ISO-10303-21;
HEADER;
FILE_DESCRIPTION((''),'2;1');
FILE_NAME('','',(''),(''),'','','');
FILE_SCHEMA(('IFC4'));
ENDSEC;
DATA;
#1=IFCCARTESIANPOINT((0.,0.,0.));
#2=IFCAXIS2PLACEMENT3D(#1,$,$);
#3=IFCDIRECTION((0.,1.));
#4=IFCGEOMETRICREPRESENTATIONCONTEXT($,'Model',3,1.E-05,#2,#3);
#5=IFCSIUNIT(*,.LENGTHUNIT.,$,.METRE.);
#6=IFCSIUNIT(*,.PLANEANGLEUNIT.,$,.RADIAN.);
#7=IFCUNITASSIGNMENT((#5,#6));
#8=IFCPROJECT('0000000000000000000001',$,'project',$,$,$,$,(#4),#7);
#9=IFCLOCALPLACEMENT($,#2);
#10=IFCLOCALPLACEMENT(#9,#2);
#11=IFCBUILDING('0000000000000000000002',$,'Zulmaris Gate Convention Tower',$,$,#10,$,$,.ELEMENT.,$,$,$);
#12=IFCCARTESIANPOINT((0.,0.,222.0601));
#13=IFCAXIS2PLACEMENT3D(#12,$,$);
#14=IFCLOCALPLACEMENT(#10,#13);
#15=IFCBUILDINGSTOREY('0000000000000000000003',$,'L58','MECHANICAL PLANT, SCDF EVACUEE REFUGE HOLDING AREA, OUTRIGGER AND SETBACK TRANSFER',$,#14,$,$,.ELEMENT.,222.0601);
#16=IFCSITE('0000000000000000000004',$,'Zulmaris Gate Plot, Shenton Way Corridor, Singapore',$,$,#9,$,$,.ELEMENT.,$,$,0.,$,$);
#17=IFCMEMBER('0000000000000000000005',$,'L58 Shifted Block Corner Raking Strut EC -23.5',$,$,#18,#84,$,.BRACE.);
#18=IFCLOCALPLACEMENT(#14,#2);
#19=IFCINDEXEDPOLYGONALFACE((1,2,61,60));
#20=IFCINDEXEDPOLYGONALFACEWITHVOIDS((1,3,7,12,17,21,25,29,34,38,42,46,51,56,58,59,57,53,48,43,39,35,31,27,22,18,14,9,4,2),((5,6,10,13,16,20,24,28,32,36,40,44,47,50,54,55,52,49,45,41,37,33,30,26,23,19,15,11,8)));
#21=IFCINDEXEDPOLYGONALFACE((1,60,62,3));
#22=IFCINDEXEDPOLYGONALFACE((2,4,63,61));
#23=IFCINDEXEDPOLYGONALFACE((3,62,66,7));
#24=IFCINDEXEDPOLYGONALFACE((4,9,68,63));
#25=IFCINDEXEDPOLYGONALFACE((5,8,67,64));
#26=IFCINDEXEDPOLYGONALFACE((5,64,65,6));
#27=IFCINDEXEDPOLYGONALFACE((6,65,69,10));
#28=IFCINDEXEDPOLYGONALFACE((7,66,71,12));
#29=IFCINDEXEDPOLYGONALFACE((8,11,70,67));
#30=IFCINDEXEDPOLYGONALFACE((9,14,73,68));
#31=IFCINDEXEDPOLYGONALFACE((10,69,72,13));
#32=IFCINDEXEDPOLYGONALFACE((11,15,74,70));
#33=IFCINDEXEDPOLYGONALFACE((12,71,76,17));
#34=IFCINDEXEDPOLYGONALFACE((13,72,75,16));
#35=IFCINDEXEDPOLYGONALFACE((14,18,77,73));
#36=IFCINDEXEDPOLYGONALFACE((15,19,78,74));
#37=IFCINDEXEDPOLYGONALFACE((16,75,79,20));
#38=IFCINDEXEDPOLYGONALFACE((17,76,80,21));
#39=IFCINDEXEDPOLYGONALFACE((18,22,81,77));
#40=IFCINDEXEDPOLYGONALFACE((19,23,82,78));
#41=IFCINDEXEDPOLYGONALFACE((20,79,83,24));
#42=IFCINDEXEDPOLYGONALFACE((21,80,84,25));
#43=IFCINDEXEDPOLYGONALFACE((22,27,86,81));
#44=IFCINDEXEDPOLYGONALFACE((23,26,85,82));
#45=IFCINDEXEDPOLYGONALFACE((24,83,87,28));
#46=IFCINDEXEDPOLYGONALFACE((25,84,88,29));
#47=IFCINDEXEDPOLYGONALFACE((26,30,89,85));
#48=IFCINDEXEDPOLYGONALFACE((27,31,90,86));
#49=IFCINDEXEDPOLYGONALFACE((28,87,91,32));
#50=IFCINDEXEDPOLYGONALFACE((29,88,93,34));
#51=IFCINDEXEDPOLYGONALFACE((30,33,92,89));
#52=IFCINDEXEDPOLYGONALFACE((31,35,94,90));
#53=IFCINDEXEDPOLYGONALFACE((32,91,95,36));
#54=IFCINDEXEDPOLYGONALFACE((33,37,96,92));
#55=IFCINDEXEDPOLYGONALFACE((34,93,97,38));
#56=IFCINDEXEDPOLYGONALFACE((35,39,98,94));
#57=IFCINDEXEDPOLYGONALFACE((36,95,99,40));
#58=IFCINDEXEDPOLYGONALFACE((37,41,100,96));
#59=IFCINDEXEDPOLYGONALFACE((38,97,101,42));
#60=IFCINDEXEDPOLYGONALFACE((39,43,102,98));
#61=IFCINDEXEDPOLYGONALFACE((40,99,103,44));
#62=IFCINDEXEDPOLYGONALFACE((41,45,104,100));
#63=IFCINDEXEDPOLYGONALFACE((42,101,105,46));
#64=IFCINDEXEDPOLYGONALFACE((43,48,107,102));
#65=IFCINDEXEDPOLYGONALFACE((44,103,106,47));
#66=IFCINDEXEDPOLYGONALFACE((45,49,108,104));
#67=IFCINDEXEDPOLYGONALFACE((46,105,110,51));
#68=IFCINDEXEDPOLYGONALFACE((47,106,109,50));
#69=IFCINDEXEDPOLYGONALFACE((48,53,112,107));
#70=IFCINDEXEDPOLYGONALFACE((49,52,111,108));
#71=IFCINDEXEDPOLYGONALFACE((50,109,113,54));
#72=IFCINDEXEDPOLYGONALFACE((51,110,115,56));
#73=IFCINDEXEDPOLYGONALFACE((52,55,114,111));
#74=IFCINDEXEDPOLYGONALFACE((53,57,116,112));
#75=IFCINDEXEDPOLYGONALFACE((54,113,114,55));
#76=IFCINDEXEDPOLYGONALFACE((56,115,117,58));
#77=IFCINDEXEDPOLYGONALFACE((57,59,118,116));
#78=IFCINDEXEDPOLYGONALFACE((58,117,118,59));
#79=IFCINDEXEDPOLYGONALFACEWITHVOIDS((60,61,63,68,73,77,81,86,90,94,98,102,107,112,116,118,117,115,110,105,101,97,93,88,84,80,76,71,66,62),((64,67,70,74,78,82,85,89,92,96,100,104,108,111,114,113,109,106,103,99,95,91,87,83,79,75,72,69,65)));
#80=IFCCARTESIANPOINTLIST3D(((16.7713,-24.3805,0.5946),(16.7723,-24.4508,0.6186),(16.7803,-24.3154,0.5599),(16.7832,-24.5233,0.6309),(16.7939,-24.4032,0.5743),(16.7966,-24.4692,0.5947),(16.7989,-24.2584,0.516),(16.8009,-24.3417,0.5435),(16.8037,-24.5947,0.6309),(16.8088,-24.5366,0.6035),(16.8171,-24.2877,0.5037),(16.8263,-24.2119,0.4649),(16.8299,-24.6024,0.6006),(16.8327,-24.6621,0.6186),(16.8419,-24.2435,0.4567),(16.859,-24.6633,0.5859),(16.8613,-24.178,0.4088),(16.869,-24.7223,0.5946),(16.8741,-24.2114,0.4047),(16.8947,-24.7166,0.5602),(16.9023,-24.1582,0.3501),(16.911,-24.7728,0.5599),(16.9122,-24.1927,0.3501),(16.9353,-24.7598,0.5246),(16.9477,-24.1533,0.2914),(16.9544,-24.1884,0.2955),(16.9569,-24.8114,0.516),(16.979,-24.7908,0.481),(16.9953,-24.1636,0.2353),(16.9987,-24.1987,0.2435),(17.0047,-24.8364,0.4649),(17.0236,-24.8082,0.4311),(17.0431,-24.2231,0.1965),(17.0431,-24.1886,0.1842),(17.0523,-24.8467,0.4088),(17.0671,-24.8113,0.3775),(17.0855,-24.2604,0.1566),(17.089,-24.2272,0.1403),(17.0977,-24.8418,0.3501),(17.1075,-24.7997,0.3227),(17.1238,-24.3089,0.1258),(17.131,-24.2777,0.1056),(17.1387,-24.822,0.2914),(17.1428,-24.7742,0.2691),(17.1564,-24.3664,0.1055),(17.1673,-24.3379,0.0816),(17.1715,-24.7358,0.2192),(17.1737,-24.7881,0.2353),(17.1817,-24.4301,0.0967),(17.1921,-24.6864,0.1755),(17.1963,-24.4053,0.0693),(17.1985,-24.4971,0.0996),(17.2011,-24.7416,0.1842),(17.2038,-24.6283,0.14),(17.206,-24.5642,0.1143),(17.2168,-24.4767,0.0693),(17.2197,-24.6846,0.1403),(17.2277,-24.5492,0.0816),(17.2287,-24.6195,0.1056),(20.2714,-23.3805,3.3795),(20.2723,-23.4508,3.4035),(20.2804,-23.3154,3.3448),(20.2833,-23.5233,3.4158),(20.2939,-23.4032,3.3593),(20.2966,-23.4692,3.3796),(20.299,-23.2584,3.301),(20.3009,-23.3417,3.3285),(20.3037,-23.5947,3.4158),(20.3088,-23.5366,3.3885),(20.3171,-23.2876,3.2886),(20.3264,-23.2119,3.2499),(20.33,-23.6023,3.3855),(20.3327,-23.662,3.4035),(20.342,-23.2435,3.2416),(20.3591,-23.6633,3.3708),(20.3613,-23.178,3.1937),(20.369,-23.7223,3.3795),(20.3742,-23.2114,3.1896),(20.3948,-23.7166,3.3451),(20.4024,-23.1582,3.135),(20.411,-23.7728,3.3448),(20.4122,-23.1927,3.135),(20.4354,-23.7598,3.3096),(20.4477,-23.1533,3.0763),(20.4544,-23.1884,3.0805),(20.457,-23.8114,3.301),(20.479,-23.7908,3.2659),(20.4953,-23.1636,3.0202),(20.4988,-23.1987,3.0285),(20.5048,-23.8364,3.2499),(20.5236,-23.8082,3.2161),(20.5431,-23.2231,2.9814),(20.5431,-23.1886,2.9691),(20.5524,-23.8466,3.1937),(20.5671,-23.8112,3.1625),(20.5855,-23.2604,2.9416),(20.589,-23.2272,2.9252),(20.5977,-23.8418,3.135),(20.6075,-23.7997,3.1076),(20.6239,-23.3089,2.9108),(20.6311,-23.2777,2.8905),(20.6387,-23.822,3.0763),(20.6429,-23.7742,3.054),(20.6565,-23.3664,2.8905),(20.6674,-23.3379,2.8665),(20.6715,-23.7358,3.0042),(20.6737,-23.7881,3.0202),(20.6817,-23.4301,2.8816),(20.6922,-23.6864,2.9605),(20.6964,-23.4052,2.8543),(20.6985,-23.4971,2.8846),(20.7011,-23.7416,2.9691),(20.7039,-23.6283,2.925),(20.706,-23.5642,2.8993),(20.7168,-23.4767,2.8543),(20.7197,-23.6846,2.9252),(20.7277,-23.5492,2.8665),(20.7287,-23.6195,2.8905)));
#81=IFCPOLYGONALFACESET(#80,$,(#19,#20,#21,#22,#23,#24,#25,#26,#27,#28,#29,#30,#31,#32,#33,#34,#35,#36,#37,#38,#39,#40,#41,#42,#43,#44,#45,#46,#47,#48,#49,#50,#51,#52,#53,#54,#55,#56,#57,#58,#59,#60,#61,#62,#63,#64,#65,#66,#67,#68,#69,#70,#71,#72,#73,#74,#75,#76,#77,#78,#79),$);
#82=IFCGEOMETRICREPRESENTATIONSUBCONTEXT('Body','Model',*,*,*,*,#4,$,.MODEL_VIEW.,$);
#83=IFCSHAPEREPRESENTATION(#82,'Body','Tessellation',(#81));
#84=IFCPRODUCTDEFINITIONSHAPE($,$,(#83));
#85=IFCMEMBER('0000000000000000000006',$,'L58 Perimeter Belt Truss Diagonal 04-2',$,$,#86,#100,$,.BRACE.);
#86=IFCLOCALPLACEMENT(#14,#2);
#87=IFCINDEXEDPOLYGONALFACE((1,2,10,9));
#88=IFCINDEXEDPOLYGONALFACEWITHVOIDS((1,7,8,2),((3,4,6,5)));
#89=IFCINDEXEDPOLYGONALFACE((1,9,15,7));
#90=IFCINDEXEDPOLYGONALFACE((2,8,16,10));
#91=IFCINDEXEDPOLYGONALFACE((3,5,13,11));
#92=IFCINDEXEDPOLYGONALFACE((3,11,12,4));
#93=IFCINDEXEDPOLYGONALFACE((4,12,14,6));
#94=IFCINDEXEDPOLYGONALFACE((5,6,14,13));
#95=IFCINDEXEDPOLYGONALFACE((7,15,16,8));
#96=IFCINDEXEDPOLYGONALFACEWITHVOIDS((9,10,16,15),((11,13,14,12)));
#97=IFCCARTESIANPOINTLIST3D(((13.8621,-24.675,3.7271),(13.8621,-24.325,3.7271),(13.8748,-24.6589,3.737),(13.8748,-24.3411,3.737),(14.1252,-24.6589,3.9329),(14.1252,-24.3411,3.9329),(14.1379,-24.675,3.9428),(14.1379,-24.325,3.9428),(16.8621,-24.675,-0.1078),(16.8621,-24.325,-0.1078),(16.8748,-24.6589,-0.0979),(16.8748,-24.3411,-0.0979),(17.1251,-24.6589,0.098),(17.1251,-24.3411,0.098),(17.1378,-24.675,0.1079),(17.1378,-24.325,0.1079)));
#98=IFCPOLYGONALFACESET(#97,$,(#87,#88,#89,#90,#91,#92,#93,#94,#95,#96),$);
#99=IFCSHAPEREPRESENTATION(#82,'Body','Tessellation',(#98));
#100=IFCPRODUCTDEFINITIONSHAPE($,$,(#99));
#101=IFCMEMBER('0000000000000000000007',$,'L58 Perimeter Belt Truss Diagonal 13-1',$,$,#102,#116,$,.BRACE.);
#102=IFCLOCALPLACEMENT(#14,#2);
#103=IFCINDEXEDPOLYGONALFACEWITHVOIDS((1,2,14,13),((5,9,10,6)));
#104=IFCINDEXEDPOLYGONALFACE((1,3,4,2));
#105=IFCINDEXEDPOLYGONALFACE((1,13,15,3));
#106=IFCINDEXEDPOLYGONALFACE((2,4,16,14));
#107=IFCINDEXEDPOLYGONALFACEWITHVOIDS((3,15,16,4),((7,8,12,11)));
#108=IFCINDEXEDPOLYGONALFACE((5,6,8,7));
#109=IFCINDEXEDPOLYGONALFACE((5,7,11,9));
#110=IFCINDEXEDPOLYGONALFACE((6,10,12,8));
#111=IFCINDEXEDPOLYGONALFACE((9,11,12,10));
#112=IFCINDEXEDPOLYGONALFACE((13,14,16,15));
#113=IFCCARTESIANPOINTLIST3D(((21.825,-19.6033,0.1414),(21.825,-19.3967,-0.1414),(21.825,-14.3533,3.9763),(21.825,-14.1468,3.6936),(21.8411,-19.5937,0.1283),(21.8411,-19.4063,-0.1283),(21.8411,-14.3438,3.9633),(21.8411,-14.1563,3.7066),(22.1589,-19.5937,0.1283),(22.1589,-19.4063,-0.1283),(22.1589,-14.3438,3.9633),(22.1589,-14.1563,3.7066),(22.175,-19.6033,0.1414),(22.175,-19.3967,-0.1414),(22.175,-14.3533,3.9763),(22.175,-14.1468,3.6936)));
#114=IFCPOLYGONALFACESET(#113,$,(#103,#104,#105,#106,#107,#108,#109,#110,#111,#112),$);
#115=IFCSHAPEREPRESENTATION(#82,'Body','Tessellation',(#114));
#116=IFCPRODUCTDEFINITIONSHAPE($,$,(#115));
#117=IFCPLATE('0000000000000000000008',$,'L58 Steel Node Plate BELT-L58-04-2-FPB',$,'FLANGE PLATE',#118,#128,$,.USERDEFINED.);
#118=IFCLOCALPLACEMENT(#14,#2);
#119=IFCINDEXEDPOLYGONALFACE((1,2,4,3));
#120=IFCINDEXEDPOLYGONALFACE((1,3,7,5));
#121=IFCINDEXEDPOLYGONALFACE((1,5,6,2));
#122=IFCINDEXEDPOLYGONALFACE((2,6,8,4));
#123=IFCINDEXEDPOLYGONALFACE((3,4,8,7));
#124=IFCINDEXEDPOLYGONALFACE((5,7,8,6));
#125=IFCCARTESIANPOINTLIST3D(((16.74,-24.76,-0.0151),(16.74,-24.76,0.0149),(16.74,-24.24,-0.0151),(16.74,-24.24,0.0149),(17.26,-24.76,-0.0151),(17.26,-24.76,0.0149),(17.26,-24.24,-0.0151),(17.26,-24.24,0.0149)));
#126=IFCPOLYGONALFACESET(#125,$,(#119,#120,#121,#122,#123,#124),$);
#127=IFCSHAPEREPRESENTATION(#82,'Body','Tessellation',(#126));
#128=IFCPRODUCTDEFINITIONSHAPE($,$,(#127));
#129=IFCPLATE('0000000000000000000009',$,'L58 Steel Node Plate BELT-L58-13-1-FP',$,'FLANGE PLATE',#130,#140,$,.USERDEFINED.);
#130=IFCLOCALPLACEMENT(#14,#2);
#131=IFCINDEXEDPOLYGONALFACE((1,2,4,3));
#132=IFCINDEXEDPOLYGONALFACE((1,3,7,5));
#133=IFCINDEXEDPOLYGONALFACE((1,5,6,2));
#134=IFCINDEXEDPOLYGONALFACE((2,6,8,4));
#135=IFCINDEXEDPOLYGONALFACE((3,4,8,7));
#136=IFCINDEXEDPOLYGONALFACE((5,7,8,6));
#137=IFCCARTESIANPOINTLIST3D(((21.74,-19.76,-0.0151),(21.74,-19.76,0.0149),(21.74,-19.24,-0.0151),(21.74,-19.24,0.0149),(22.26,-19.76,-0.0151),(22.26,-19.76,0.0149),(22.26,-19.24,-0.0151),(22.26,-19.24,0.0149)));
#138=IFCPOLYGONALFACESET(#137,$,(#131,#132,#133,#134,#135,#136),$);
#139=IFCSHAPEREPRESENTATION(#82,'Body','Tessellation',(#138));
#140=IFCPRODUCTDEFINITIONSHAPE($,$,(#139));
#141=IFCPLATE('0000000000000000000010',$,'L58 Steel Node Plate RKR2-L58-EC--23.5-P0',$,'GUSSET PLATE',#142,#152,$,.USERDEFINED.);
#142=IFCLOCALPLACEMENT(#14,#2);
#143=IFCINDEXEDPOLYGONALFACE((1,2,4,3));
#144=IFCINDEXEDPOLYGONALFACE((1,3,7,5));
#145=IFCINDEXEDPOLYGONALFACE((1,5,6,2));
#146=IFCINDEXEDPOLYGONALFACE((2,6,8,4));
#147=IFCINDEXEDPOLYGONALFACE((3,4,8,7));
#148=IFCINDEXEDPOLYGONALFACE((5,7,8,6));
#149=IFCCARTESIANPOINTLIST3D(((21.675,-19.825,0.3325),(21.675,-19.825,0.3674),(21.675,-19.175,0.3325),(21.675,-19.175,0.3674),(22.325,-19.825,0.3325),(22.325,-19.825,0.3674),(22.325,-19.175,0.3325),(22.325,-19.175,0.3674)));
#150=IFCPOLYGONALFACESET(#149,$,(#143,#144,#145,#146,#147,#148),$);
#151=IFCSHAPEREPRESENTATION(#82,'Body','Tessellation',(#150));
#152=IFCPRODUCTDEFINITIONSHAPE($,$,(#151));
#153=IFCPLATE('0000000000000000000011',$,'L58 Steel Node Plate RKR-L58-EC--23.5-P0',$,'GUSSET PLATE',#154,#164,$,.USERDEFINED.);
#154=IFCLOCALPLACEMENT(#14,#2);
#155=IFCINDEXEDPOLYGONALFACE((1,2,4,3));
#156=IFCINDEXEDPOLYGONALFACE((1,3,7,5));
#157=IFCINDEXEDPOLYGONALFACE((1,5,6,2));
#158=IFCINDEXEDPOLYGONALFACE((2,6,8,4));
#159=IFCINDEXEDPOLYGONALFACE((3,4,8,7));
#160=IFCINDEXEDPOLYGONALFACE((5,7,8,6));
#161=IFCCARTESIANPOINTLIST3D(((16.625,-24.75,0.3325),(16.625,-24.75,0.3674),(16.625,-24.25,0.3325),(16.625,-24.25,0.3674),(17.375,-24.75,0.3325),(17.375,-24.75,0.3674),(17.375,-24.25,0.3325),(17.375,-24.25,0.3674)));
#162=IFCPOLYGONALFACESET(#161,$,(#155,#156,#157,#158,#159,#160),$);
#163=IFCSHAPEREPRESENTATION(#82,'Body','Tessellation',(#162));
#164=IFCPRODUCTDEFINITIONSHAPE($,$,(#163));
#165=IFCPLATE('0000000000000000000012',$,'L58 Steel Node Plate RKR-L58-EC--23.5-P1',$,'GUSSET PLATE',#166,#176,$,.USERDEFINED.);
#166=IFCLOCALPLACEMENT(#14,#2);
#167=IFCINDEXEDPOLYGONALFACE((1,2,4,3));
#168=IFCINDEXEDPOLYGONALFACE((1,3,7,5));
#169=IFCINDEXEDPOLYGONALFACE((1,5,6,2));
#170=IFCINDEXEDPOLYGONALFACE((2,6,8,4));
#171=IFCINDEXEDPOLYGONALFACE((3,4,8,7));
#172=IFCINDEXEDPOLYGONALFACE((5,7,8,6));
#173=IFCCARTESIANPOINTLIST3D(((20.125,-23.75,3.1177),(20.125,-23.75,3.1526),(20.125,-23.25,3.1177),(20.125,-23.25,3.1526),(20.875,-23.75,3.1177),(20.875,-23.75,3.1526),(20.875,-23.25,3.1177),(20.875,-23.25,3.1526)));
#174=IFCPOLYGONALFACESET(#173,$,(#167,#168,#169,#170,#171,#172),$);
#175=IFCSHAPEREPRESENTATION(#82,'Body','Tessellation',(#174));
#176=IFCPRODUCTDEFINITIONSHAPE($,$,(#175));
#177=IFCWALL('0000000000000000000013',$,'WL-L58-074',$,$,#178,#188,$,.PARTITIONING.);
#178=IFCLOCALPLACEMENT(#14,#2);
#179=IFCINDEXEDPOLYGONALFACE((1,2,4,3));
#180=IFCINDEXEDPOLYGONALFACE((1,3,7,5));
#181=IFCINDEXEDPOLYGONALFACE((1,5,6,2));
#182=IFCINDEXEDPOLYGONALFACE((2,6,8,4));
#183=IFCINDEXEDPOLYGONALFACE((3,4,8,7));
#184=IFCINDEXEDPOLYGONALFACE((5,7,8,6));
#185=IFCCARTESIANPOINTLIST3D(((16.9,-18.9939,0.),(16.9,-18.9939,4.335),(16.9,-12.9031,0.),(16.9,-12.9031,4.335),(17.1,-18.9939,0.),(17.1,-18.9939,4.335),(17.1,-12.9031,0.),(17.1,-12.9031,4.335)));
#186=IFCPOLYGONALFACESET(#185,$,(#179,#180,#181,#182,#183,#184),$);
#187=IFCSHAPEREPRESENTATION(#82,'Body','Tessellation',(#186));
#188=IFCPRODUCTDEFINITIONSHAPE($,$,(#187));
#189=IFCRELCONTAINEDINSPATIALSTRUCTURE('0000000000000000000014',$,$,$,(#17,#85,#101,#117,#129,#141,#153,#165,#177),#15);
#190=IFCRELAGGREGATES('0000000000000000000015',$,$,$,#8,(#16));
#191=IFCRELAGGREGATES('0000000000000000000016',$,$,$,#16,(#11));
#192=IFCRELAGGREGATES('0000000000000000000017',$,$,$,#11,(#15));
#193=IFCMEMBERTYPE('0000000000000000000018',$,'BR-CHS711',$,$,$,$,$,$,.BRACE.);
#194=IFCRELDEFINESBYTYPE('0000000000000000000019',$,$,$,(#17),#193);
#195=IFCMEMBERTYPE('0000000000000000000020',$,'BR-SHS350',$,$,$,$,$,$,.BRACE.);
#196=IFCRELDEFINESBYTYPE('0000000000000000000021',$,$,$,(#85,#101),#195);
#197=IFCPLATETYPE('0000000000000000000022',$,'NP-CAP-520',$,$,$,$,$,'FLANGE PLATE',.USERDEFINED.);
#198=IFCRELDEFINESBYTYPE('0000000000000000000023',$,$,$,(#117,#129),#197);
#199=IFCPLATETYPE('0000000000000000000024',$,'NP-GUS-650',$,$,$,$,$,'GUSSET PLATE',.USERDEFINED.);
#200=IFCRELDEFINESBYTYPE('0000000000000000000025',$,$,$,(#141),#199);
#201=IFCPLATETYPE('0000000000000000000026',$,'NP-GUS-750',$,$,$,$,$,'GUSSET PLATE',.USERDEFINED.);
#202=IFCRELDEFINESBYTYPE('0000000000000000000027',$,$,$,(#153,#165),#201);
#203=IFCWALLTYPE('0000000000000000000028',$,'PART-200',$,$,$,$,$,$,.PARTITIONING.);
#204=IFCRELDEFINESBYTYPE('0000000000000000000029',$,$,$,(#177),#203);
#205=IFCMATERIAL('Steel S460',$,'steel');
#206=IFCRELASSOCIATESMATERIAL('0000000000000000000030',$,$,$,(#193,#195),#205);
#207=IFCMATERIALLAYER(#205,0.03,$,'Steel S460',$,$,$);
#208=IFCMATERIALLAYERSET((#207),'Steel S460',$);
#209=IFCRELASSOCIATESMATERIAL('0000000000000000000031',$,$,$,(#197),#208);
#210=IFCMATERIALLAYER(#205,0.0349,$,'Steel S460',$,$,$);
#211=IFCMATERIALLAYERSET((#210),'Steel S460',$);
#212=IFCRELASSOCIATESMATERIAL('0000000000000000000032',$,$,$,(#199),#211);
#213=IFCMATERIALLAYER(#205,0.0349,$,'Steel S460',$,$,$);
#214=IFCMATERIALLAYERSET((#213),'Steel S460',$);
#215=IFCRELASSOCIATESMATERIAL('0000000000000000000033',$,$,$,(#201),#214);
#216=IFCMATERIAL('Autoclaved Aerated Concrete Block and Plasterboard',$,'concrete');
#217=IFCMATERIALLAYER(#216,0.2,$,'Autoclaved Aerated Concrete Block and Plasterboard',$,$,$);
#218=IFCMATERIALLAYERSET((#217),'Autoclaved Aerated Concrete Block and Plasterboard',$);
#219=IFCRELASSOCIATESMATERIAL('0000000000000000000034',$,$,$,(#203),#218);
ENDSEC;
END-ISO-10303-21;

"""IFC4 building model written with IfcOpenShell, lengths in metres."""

from ifc_helpers import new_model, si_unit, direction, frame, frame_2d, origin, origin_2d, place, context, subcontext, project, spatial, rectangle, hollow_rectangle, hollow_circle, extrude, material, layer, layer_set, material_profile, profile_set, type_object, element, save


model = new_model("IFC4")

# Units and contexts
model_context = context("Model", 3, precision=1e-05, world=origin(), true_north=direction((0.0, 1.0)))
body_context = subcontext(model_context, "Body", "Model", "MODEL_VIEW")
ifc_project = project(units=[si_unit("LENGTHUNIT", "METRE"), si_unit("PLANEANGLEUNIT", "RADIAN")], contexts=[model_context])

# Site, building, storey
site_placement = place(None, origin())
site = spatial("IfcSite", under=ifc_project, at=site_placement, Name="Zulmaris Gate Plot, Shenton Way Corridor, Singapore", CompositionType="ELEMENT", RefElevation=0.0)
building_placement = place(site_placement, origin())
building = spatial("IfcBuilding", under=site, at=building_placement, Name="Zulmaris Gate Convention Tower", CompositionType="ELEMENT")
storey_placement = place(building_placement, frame((0.0, 0.0, 222.0601)))
storey = spatial("IfcBuildingStorey", under=building, at=storey_placement, Name="L58", Description="MECHANICAL PLANT, SCDF EVACUEE REFUGE HOLDING AREA, OUTRIGGER AND SETBACK TRANSFER", CompositionType="ELEMENT", Elevation=222.0601)

# Members
ifc_material_1 = material(Name="Steel S460", Category="steel")
ifc_material_profile_1 = material_profile(ifc_material_1, hollow_circle(Radius=0.3555, WallThickness=0.0359, at=origin_2d()), Name="CHS 711x36")
ifc_profile_set_1 = profile_set([ifc_material_profile_1], Name="Steel S460")
member_type_1 = type_object("IfcMemberType", Name="BR-CHS711", PredefinedType="BRACE", material=ifc_profile_set_1)
member_1_placement = place(storey_placement, frame((17.0, -24.5, 0.3501), z_axis=(0.763658, 0.218188, 0.607635), x_axis=(-0.274721, 0.961524, 0.0)))
element("IfcMember", 1, at=member_1_placement, inside=storey, type_object=member_type_1, Name="L58 Shifted Block Corner Raking Strut EC -23.5", PredefinedType="BRACE", context=body_context, shape_type="SweptSolid", body=[
    extrude(hollow_circle(Radius=0.3555, WallThickness=0.0359, at=origin_2d()), origin(), (0.0, 0.0, 1.0), 4.5833),
])
ifc_material_profile_2 = material_profile(ifc_material_1, hollow_rectangle(XDim=0.3501, YDim=0.3501, WallThickness=0.0161, at=origin_2d()), Name="SHS 350x350x16")
ifc_profile_set_2 = profile_set([ifc_material_profile_2], Name="Steel S460")
member_type_2 = type_object("IfcMemberType", Name="BR-SHS350", PredefinedType="BRACE", material=ifc_profile_set_2)
member_2_placement = place(storey_placement, frame((14.0, -24.5, 3.835), z_axis=(0.616146, 0.0, -0.787632), x_axis=(0.0, 1.0, 0.0)))
element("IfcMember", 2, at=member_2_placement, inside=storey, type_object=member_type_2, Name="L58 Perimeter Belt Truss Diagonal 04-2", PredefinedType="BRACE", context=body_context, shape_type="SweptSolid", body=[
    extrude(hollow_rectangle(XDim=0.3501, YDim=0.3501, WallThickness=0.0161, at=origin_2d()), origin(), (0.0, 0.0, 1.0), 4.8689),
])
member_3_placement = place(storey_placement, frame((22.0, -19.5, 0.0), z_axis=(0.0, 0.807507, 0.589858), x_axis=(-1.0, 0.0, 0.0)))
element("IfcMember", 3, at=member_3_placement, inside=storey, type_object=member_type_2, Name="L58 Perimeter Belt Truss Diagonal 13-1", PredefinedType="BRACE", context=body_context, shape_type="SweptSolid", body=[
    extrude(hollow_rectangle(XDim=0.3501, YDim=0.3501, WallThickness=0.0161, at=origin_2d()), origin(), (0.0, 0.0, 1.0), 6.5015),
])

# Plates
ifc_layer_1 = layer(ifc_material_1, 0.03, Name="Steel S460")
ifc_layer_set_1 = layer_set([ifc_layer_1], Name="Steel S460")
plate_type_1 = type_object("IfcPlateType", Name="NP-CAP-520", ElementType="FLANGE PLATE", PredefinedType="USERDEFINED", material=ifc_layer_set_1)
for number, where, z_axis, x_axis, name in (
    (4, (17.0, -24.5, -0.0151), (0.0, 0.0, 1.0), (1.0, 0.0, 0.0), "L58 Steel Node Plate BELT-L58-04-2-FPB"),
    (5, (22.0, -19.5, -0.0151), (0.0, 0.0, 1.0), (1.0, 0.0, 0.0), "L58 Steel Node Plate BELT-L58-13-1-FP"),
):
    element("IfcPlate", number, at=place(storey_placement, frame(where, z_axis=z_axis, x_axis=x_axis)), inside=storey, type_object=plate_type_1, Name=name, ObjectType="FLANGE PLATE", PredefinedType="USERDEFINED", context=body_context, shape_type="SweptSolid", body=[
        extrude(rectangle(XDim=0.52, YDim=0.52, at=origin_2d()), origin(), (0.0, 0.0, 1.0), 0.03),
    ])
ifc_layer_2 = layer(ifc_material_1, 0.0349, Name="Steel S460")
ifc_layer_set_2 = layer_set([ifc_layer_2], Name="Steel S460")
plate_type_2 = type_object("IfcPlateType", Name="NP-GUS-650", ElementType="GUSSET PLATE", PredefinedType="USERDEFINED", material=ifc_layer_set_2)
plate_placement = place(storey_placement, frame((22.0, -19.5, 0.3325), z_axis=(0.0, 0.0, 1.0), x_axis=(1.0, 0.0, 0.0)))
element("IfcPlate", 6, at=plate_placement, inside=storey, type_object=plate_type_2, Name="L58 Steel Node Plate RKR2-L58-EC--23.5-P0", ObjectType="GUSSET PLATE", PredefinedType="USERDEFINED", context=body_context, shape_type="SweptSolid", body=[
    extrude(rectangle(XDim=0.6499, YDim=0.6499, at=origin_2d()), origin(), (0.0, 0.0, 1.0), 0.0349),
])
ifc_layer_3 = layer(ifc_material_1, 0.0349, Name="Steel S460")
ifc_layer_set_3 = layer_set([ifc_layer_3], Name="Steel S460")
plate_type_3 = type_object("IfcPlateType", Name="NP-GUS-750", ElementType="GUSSET PLATE", PredefinedType="USERDEFINED", material=ifc_layer_set_3)
for number, where, z_axis, x_axis, name in (
    (7, (17.0, -24.5, 0.3325), (0.0, 0.0, 1.0), (1.0, 0.0, 0.0), "L58 Steel Node Plate RKR-L58-EC--23.5-P0"),
    (8, (20.5, -23.5, 3.1177), (0.0, 0.0, 1.0), (1.0, 0.0, 0.0), "L58 Steel Node Plate RKR-L58-EC--23.5-P1"),
):
    element("IfcPlate", number, at=place(storey_placement, frame(where, z_axis=z_axis, x_axis=x_axis)), inside=storey, type_object=plate_type_3, Name=name, ObjectType="GUSSET PLATE", PredefinedType="USERDEFINED", context=body_context, shape_type="SweptSolid", body=[
        extrude(rectangle(XDim=0.75, YDim=0.5, at=origin_2d()), origin(), (0.0, 0.0, 1.0), 0.0349),
    ])

# Wall
ifc_material_2 = material(Name="Autoclaved Aerated Concrete Block and Plasterboard", Category="concrete")
ifc_layer_4 = layer(ifc_material_2, 0.2, Name="Autoclaved Aerated Concrete Block and Plasterboard")
ifc_layer_set_4 = layer_set([ifc_layer_4], Name="Autoclaved Aerated Concrete Block and Plasterboard")
wall_type_1 = type_object("IfcWallType", Name="PART-200", PredefinedType="PARTITIONING", material=ifc_layer_set_4)
wall_1_placement = place(storey_placement, frame((17.0, -18.9939, 0.0), z_axis=(0.0, 0.0, 1.0), x_axis=(0.0, 1.0, 0.0)))
element("IfcWall", 9, at=wall_1_placement, inside=storey, type_object=wall_type_1, Name="WL-L58-074", PredefinedType="PARTITIONING", context=body_context, shape_type="SweptSolid", body=[
    extrude(rectangle(XDim=6.0908, YDim=0.2, at=frame_2d((3.0454, 0.0))), origin(), (0.0, 0.0, 1.0), 4.335),
])

save(model, "model.ifc")
